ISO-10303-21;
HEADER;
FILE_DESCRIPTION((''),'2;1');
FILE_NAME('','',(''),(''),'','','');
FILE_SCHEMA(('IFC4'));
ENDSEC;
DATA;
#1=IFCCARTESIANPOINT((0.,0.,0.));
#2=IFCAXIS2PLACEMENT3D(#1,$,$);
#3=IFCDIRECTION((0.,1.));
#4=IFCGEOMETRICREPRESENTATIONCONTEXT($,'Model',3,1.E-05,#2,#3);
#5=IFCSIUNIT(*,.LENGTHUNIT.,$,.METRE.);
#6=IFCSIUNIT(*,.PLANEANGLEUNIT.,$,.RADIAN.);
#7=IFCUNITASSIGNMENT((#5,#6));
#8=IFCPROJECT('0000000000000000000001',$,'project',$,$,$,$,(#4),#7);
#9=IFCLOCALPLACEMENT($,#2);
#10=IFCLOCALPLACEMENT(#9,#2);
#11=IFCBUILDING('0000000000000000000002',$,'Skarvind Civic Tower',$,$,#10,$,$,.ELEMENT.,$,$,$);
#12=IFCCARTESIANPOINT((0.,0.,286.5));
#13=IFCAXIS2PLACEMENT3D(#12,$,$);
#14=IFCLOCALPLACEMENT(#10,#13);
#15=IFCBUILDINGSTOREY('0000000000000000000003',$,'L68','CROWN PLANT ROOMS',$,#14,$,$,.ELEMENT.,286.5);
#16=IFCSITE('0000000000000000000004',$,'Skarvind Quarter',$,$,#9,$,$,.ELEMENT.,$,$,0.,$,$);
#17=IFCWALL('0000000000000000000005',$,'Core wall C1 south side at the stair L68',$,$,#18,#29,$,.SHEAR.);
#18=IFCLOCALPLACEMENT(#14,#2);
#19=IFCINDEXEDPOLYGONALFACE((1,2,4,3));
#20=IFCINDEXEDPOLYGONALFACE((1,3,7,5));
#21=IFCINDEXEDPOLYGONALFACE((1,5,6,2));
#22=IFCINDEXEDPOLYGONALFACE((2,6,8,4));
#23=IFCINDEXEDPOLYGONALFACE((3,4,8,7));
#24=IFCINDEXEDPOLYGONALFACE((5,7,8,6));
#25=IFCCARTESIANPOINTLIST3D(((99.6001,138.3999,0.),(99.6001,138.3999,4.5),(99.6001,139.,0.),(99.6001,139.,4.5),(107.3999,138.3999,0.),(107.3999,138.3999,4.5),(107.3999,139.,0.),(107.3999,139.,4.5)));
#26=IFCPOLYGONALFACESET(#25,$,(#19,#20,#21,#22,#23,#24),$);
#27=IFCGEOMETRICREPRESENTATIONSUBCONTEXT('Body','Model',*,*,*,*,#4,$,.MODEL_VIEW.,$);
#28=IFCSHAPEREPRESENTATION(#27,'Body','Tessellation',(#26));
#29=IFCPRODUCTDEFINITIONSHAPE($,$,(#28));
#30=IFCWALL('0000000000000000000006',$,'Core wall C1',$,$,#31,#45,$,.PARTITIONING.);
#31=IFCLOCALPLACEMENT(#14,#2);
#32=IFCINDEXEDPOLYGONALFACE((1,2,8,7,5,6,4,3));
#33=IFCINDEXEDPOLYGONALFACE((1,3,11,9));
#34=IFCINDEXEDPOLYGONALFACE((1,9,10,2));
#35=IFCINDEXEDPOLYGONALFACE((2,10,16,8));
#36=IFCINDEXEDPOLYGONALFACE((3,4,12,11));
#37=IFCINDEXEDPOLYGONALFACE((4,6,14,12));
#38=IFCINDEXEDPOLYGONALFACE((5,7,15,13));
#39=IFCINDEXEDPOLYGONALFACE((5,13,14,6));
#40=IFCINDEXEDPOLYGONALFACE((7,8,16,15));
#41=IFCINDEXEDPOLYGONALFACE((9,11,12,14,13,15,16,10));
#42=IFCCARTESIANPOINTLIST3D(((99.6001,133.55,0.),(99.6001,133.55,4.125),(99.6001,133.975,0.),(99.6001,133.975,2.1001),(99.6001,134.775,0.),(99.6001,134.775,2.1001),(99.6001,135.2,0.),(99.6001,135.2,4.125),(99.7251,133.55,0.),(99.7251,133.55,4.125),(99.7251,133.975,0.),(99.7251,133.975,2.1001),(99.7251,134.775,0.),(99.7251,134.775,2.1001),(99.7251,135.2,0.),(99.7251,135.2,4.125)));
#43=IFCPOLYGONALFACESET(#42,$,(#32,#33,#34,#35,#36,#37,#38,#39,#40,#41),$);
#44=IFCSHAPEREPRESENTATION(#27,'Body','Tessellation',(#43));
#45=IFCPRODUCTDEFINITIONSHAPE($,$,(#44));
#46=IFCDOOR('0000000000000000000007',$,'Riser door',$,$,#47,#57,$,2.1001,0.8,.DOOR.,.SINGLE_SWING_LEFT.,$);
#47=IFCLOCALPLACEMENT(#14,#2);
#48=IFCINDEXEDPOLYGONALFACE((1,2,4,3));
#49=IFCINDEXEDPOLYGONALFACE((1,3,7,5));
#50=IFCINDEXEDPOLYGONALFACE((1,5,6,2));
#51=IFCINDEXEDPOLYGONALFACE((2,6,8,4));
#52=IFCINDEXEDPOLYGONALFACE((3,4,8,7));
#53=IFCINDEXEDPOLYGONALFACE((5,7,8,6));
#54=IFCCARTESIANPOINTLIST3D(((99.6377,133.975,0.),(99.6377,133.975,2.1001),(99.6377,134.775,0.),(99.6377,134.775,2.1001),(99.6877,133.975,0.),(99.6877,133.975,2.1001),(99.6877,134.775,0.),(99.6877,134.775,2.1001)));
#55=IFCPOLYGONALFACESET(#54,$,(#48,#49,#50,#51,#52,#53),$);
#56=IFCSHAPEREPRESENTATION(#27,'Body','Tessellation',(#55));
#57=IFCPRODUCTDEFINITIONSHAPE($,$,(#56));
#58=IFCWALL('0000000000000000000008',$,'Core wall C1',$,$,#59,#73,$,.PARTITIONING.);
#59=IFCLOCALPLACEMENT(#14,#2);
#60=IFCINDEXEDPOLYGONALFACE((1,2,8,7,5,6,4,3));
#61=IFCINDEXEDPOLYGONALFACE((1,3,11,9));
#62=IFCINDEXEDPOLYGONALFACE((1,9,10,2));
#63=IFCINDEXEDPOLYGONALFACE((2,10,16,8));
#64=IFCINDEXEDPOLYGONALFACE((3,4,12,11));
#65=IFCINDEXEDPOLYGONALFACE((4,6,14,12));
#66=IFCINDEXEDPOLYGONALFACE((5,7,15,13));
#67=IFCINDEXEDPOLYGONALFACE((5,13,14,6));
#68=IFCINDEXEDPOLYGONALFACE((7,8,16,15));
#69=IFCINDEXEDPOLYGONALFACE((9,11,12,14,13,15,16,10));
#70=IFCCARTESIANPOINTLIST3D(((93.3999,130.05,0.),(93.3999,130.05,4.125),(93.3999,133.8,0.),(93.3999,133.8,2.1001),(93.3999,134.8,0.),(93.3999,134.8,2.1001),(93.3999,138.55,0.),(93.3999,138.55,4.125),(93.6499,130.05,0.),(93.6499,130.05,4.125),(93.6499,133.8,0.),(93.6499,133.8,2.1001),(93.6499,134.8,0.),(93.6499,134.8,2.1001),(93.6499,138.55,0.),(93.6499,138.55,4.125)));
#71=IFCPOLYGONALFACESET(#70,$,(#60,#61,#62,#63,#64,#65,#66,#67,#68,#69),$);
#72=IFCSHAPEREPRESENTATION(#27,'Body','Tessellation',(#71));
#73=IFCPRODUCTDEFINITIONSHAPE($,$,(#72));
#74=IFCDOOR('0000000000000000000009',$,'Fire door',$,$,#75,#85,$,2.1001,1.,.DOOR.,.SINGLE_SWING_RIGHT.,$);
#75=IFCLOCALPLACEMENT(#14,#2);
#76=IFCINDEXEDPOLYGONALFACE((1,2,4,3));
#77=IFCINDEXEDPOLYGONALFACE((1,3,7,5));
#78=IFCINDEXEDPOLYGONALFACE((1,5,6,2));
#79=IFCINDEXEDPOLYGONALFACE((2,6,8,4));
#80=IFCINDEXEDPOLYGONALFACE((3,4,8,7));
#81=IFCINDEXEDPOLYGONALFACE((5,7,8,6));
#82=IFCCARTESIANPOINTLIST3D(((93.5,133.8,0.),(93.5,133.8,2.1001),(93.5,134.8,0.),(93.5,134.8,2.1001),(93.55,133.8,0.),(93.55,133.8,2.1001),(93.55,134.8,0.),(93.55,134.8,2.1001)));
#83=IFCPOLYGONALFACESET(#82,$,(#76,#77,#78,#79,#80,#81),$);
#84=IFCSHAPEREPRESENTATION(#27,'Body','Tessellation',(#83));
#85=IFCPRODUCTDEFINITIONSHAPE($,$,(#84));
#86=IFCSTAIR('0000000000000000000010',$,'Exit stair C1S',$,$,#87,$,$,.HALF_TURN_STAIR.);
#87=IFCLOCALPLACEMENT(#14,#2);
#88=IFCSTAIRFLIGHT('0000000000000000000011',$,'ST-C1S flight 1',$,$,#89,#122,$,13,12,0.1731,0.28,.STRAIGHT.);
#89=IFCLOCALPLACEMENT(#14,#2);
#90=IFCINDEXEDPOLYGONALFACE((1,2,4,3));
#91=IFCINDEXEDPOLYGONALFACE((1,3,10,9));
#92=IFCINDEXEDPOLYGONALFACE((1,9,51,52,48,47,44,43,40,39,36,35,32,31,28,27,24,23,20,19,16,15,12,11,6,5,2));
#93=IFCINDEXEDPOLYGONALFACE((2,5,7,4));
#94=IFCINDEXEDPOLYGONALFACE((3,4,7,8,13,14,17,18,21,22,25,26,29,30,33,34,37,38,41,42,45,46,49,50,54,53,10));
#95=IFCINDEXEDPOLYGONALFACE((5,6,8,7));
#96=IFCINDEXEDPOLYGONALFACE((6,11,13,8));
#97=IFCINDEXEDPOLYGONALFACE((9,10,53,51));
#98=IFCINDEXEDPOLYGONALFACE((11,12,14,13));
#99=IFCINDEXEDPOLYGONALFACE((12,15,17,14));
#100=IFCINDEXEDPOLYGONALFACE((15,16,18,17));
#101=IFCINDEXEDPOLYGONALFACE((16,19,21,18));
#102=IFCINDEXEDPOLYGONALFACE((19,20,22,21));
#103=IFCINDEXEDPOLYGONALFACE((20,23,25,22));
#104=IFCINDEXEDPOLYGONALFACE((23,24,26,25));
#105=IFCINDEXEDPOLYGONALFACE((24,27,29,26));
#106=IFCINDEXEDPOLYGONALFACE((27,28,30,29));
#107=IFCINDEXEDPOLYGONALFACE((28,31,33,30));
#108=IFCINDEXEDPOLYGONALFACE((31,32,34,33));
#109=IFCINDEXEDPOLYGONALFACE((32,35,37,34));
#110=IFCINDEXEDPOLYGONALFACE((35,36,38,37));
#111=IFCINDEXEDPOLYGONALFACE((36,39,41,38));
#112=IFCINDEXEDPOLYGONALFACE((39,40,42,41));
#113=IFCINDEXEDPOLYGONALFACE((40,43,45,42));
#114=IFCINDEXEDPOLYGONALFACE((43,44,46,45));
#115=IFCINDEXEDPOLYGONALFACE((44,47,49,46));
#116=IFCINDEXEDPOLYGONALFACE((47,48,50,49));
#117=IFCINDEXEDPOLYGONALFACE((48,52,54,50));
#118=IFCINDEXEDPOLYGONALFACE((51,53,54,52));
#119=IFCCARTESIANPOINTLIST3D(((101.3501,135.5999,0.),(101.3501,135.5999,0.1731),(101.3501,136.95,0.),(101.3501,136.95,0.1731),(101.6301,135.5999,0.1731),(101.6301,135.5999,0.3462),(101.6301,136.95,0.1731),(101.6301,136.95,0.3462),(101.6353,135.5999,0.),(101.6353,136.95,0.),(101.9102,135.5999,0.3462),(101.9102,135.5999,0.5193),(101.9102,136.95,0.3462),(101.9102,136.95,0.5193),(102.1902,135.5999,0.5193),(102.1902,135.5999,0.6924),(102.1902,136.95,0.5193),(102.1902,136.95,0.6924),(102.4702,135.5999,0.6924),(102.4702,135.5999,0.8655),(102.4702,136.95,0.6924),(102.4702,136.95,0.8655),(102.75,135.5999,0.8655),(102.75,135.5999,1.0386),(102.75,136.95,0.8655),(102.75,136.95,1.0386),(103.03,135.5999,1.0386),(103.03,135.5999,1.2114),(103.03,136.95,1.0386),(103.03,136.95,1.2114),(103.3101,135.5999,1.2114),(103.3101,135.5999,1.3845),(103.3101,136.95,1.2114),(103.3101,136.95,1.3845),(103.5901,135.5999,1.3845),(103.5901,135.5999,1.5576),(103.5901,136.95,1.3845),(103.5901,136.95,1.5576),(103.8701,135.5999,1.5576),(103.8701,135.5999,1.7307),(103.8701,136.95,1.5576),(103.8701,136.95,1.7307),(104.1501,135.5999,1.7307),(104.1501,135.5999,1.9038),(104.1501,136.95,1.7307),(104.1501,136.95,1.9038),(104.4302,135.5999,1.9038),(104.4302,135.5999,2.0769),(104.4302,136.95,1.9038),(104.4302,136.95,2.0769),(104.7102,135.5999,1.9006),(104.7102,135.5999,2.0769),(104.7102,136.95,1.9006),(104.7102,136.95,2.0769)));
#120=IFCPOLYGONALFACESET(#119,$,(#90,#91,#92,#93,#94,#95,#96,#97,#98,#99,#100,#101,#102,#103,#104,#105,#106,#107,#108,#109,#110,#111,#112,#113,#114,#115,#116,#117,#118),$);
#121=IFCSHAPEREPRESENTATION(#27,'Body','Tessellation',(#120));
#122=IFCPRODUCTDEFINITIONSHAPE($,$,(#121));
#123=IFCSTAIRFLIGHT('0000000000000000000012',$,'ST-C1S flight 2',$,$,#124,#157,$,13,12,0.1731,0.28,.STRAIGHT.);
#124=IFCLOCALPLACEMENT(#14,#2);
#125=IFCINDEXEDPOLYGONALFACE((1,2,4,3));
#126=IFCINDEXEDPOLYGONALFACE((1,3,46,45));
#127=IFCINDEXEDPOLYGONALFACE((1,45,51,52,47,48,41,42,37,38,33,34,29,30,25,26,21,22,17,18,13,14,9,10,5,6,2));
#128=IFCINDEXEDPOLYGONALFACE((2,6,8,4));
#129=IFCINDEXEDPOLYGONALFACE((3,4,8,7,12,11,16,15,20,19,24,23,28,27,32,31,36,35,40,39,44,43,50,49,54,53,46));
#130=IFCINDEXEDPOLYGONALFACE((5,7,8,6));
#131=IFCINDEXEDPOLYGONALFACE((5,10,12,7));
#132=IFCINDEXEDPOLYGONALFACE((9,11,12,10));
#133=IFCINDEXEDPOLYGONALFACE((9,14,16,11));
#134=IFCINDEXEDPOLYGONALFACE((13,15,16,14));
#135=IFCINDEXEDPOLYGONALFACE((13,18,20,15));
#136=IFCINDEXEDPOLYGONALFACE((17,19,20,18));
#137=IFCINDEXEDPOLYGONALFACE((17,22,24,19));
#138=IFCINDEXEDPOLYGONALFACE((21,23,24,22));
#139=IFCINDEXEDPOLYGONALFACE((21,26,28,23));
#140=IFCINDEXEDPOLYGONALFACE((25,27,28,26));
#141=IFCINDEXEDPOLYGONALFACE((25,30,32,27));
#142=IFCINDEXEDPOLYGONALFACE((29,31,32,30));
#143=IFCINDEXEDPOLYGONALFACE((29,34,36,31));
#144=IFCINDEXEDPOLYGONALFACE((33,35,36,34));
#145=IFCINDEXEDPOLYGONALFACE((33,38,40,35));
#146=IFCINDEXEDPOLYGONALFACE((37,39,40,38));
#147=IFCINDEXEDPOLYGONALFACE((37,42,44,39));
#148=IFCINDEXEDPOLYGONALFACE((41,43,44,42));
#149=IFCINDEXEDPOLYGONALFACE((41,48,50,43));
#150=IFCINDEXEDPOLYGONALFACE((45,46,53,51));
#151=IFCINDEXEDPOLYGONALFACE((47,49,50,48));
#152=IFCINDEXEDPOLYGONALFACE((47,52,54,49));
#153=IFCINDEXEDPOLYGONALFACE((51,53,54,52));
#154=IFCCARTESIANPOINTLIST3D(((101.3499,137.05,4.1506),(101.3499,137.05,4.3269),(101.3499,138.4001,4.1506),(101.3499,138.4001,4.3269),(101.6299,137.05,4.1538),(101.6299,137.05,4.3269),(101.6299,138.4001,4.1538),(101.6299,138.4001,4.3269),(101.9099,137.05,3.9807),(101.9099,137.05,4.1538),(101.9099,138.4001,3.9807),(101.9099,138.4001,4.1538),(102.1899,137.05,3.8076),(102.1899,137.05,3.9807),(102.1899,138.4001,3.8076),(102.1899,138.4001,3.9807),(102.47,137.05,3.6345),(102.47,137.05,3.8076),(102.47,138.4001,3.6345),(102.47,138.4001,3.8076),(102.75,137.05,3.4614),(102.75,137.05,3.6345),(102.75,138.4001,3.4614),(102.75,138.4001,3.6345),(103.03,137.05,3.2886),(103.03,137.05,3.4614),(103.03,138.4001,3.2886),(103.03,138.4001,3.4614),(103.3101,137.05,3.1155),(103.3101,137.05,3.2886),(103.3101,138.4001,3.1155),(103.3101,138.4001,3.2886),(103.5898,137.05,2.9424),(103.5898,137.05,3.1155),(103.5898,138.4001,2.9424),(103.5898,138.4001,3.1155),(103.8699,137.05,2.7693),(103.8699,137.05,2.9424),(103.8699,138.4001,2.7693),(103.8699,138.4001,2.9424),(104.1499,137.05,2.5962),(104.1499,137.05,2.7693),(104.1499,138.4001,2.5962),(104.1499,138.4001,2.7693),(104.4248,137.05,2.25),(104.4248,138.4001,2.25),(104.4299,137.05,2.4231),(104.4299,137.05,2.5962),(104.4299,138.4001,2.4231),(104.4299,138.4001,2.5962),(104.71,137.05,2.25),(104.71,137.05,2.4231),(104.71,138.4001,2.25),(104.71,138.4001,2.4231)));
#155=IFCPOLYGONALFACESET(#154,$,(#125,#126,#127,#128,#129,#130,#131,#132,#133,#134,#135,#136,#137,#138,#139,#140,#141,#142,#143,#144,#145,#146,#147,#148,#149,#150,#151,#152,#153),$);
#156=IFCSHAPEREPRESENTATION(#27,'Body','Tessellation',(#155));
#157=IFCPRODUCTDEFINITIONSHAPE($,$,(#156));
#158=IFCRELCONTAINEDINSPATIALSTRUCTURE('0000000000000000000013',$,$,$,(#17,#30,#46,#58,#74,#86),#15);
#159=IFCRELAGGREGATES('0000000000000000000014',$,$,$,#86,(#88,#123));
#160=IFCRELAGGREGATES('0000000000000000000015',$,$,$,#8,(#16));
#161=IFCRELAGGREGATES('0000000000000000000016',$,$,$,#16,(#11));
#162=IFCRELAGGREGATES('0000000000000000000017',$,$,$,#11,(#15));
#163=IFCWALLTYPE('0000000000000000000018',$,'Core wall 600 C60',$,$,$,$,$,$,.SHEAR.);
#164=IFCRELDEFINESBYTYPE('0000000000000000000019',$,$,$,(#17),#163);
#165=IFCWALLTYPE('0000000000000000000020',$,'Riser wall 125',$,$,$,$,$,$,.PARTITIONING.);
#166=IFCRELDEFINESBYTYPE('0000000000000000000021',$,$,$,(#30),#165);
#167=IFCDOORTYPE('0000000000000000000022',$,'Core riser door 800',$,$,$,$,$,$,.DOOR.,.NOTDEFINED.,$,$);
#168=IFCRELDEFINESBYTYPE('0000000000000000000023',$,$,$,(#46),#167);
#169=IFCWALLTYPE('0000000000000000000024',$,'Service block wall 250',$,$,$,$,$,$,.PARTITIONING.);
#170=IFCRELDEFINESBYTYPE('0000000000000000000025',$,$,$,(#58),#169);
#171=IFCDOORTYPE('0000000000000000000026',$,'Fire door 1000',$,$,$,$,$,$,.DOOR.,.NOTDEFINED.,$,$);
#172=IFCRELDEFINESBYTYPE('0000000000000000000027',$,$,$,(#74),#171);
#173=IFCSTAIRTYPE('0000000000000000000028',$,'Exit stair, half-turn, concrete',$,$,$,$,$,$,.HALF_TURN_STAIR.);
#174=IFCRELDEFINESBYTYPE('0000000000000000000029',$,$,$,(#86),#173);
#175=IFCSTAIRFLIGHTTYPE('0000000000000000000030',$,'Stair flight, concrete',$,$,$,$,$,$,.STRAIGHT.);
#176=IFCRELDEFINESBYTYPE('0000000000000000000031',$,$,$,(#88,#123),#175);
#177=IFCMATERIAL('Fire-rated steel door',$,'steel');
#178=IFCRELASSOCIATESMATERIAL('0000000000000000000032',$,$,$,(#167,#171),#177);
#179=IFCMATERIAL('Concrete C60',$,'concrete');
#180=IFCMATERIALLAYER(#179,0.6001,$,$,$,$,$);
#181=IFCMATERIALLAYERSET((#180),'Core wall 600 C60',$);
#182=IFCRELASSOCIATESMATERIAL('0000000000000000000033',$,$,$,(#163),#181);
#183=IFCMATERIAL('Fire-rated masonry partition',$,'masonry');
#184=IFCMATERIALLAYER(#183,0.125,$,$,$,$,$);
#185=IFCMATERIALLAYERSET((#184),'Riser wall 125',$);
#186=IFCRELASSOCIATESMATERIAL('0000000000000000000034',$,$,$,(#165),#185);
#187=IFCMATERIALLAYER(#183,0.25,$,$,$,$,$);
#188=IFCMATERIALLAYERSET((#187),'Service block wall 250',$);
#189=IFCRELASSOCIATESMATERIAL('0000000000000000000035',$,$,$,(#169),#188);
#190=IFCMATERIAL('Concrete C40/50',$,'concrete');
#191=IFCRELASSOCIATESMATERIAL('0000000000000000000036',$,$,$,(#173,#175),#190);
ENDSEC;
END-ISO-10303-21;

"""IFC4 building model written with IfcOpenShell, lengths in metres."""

from ifc_helpers import new_model, si_unit, direction, frame, frame_2d, origin, place, context, subcontext, project, spatial, polyline, rectangle, outline, extrude, material, layer, layer_set, type_object, element, fill, aggregate, save


model = new_model("IFC4")

# Units and contexts
model_context = context("Model", 3, precision=1e-05, world=origin(), true_north=direction((0.0, 1.0)))
body_context = subcontext(model_context, "Body", "Model", "MODEL_VIEW")
ifc_project = project(units=[si_unit("LENGTHUNIT", "METRE"), si_unit("PLANEANGLEUNIT", "RADIAN")], contexts=[model_context])

# Site, building, storey
site_placement = place(None, origin())
site = spatial("IfcSite", under=ifc_project, at=site_placement, Name="Skarvind Quarter", CompositionType="ELEMENT", RefElevation=0.0)
building_placement = place(site_placement, origin())
building = spatial("IfcBuilding", under=site, at=building_placement, Name="Skarvind Civic Tower", CompositionType="ELEMENT")
storey_placement = place(building_placement, frame((0.0, 0.0, 286.5)))
storey = spatial("IfcBuildingStorey", under=building, at=storey_placement, Name="L68", Description="CROWN PLANT ROOMS", CompositionType="ELEMENT", Elevation=286.5)

# Shared definitions
ifc_material_1 = material(Name="Concrete C60", Category="concrete")

# Shared definitions
ifc_material_2 = material(Name="Fire-rated masonry partition", Category="masonry")
ifc_material_3 = material(Name="Fire-rated steel door", Category="steel")

# Shared definitions
door_type_1 = type_object("IfcDoorType", Name="Core riser door 800", OperationType="NOTDEFINED", PredefinedType="DOOR", material=ifc_material_3)

# Shared definitions
door_type_2 = type_object("IfcDoorType", Name="Fire door 1000", OperationType="NOTDEFINED", PredefinedType="DOOR", material=ifc_material_3)

# Wall
ifc_layer_1 = layer(ifc_material_1, 0.6001)
ifc_layer_set_1 = layer_set([ifc_layer_1], Name="Core wall 600 C60")
wall_type_1 = type_object("IfcWallType", Name="Core wall 600 C60", PredefinedType="SHEAR", material=ifc_layer_set_1)
wall_1_placement = place(storey_placement, frame((107.3999, 138.7, 0.0), z_axis=(0.0, 0.0, 1.0), x_axis=(-1.0, 0.0, 0.0)))
element("IfcWall", 1, at=wall_1_placement, inside=storey, type_object=wall_type_1, Name="Core wall C1 south side at the stair L68", PredefinedType="SHEAR", context=body_context, shape_type="SweptSolid", body=[
    extrude(rectangle(XDim=7.7998, YDim=0.6001, at=frame_2d((3.8999, 0.0))), origin(), (0.0, 0.0, 1.0), 4.5),
])

# Walls, openings, doors
ifc_layer_2 = layer(ifc_material_2, 0.125)
ifc_layer_set_2 = layer_set([ifc_layer_2], Name="Riser wall 125")
wall_type_2 = type_object("IfcWallType", Name="Riser wall 125", PredefinedType="PARTITIONING", material=ifc_layer_set_2)
wall_2_placement = place(storey_placement, frame((99.6626, 133.55, 0.0), z_axis=(0.0, 0.0, 1.0), x_axis=(0.0, 1.0, 0.0)))
wall_2 = element("IfcWall", 2, at=wall_2_placement, inside=storey, type_object=wall_type_2, Name="Core wall C1", PredefinedType="PARTITIONING", context=body_context, shape_type="SweptSolid", body=[
    extrude(rectangle(XDim=1.6499, YDim=0.125, at=frame_2d((0.825, 0.0))), origin(), (0.0, 0.0, 1.0), 4.125),
])
opening_1_placement = place(wall_2_placement, frame((0.425, 0.0, 0.0)))
opening_1 = element("IfcOpeningElement", 3, at=opening_1_placement, cuts=wall_2, PredefinedType="OPENING", context=body_context, shape_type="SweptSolid", body=[
    extrude(rectangle(XDim=0.8, YDim=2.1001, at=frame_2d((0.3999, 1.05))), frame((0.0, 0.0725, 0.0), z_axis=(0.0, -1.0, 0.0), x_axis=(1.0, 0.0, 0.0)), (0.0, 0.0, 1.0), 0.145),
])
door_1_placement = place(opening_1_placement, origin())
door_1 = element("IfcDoor", 4, at=door_1_placement, inside=storey, type_object=door_type_1, Name="Riser door", OperationType="SINGLE_SWING_LEFT", OverallHeight=2.1001, OverallWidth=0.8, PredefinedType="DOOR", context=body_context, shape_type="SweptSolid", body=[
    extrude(rectangle(XDim=0.8, YDim=2.1001, at=frame_2d((0.3999, 1.05))), frame((0.0, 0.0249, 0.0), z_axis=(0.0, -1.0, 0.0), x_axis=(1.0, 0.0, 0.0)), (0.0, 0.0, 1.0), 0.05),
])
fill(opening_1, door_1)
ifc_layer_3 = layer(ifc_material_2, 0.25)
ifc_layer_set_3 = layer_set([ifc_layer_3], Name="Service block wall 250")
wall_type_3 = type_object("IfcWallType", Name="Service block wall 250", PredefinedType="PARTITIONING", material=ifc_layer_set_3)
wall_3_placement = place(storey_placement, frame((93.5249, 130.05, 0.0), z_axis=(0.0, 0.0, 1.0), x_axis=(0.0, 1.0, 0.0)))
wall_3 = element("IfcWall", 5, at=wall_3_placement, inside=storey, type_object=wall_type_3, Name="Core wall C1", PredefinedType="PARTITIONING", context=body_context, shape_type="SweptSolid", body=[
    extrude(rectangle(XDim=8.5, YDim=0.25, at=frame_2d((4.25, 0.0))), origin(), (0.0, 0.0, 1.0), 4.125),
])
opening_2_placement = place(wall_3_placement, frame((3.75, 0.0, 0.0)))
opening_2 = element("IfcOpeningElement", 6, at=opening_2_placement, cuts=wall_3, PredefinedType="OPENING", context=body_context, shape_type="SweptSolid", body=[
    extrude(rectangle(XDim=1.0, YDim=2.1001, at=frame_2d((0.5, 1.05))), frame((0.0, 0.135, 0.0), z_axis=(0.0, -1.0, 0.0), x_axis=(1.0, 0.0, 0.0)), (0.0, 0.0, 1.0), 0.27),
])
door_2_placement = place(opening_2_placement, origin())
door_2 = element("IfcDoor", 7, at=door_2_placement, inside=storey, type_object=door_type_2, Name="Fire door", OperationType="SINGLE_SWING_RIGHT", OverallHeight=2.1001, OverallWidth=1.0, PredefinedType="DOOR", context=body_context, shape_type="SweptSolid", body=[
    extrude(rectangle(XDim=1.0, YDim=2.1001, at=frame_2d((0.5, 1.05))), frame((0.0, 0.0249, 0.0), z_axis=(0.0, -1.0, 0.0), x_axis=(1.0, 0.0, 0.0)), (0.0, 0.0, 1.0), 0.05),
])
fill(opening_2, door_2)

# Stair, stair flights
ifc_material_4 = material(Name="Concrete C40/50", Category="concrete")
stair_type = type_object("IfcStairType", Name="Exit stair, half-turn, concrete", PredefinedType="HALF_TURN_STAIR", material=ifc_material_4)
stair_placement = place(storey_placement, origin())
stair = element("IfcStair", 8, at=stair_placement, inside=storey, type_object=stair_type, Name="Exit stair C1S", PredefinedType="HALF_TURN_STAIR")
stair_flight_type = type_object("IfcStairFlightType", Name="Stair flight, concrete", PredefinedType="STRAIGHT", material=ifc_material_4)
stair_flight_1_placement = place(storey_placement, frame((101.3501, 136.2749, 0.0), z_axis=(0.0, 0.0, 1.0), x_axis=(1.0, 0.0, 0.0)))
stair_flight_1 = element("IfcStairFlight", 9, at=stair_flight_1_placement, type_object=stair_flight_type, Name="ST-C1S flight 1", NumberOfRisers=13, NumberOfTreads=12, PredefinedType="STRAIGHT", RiserHeight=0.1731, TreadLength=0.28, context=body_context, shape_type="SweptSolid", body=[
    extrude(outline(polyline([(0.0, 0.0), (0.0, 0.1731), (0.28, 0.1731), (0.28, 0.3462), (0.5601, 0.3462), (0.5601, 0.5193), (0.8401, 0.5193), (0.8401, 0.6924), (1.1201, 0.6924), (1.1201, 0.8655), (1.3999, 0.8655), (1.3999, 1.0386), (1.6799, 1.0386), (1.6799, 1.2114), (1.96, 1.2114), (1.96, 1.3845), (2.24, 1.3845), (2.24, 1.5576), (2.52, 1.5576), (2.52, 1.7307), (2.8, 1.7307), (2.8, 1.9038), (3.0801, 1.9038), (3.0801, 2.0769), (3.3601, 2.0769), (3.3601, 2.25), (3.3601, 1.9006), (0.2852, 0.0), (0.0, 0.0)])), frame((0.0, 0.675, 0.0), z_axis=(0.0, -1.0, 0.0), x_axis=(1.0, 0.0, 0.0)), (0.0, 0.0, 1.0), 1.3501),
])
stair_flight_2_placement = place(storey_placement, frame((104.71, 137.7251, 2.25), z_axis=(0.0, 0.0, 1.0), x_axis=(-1.0, 0.0, 0.0)))
stair_flight_2 = element("IfcStairFlight", 10, at=stair_flight_2_placement, type_object=stair_flight_type, Name="ST-C1S flight 2", NumberOfRisers=13, NumberOfTreads=12, PredefinedType="STRAIGHT", RiserHeight=0.1731, TreadLength=0.28, context=body_context, shape_type="SweptSolid", body=[
    extrude(outline(polyline([(0.0, 0.0), (0.0, 0.1731), (0.28, 0.1731), (0.28, 0.3462), (0.5601, 0.3462), (0.5601, 0.5193), (0.8401, 0.5193), (0.8401, 0.6924), (1.1201, 0.6924), (1.1201, 0.8655), (1.3999, 0.8655), (1.3999, 1.0386), (1.6799, 1.0386), (1.6799, 1.2114), (1.96, 1.2114), (1.96, 1.3845), (2.24, 1.3845), (2.24, 1.5576), (2.52, 1.5576), (2.52, 1.7307), (2.8, 1.7307), (2.8, 1.9038), (3.0801, 1.9038), (3.0801, 2.0769), (3.3601, 2.0769), (3.3601, 2.25), (3.3601, 1.9006), (0.2852, 0.0), (0.0, 0.0)])), frame((0.0, 0.675, 0.0), z_axis=(0.0, -1.0, 0.0), x_axis=(1.0, 0.0, 0.0)), (0.0, 0.0, 1.0), 1.3501),
])
aggregate(stair, [stair_flight_1, stair_flight_2])

save(model, "model.ifc")
